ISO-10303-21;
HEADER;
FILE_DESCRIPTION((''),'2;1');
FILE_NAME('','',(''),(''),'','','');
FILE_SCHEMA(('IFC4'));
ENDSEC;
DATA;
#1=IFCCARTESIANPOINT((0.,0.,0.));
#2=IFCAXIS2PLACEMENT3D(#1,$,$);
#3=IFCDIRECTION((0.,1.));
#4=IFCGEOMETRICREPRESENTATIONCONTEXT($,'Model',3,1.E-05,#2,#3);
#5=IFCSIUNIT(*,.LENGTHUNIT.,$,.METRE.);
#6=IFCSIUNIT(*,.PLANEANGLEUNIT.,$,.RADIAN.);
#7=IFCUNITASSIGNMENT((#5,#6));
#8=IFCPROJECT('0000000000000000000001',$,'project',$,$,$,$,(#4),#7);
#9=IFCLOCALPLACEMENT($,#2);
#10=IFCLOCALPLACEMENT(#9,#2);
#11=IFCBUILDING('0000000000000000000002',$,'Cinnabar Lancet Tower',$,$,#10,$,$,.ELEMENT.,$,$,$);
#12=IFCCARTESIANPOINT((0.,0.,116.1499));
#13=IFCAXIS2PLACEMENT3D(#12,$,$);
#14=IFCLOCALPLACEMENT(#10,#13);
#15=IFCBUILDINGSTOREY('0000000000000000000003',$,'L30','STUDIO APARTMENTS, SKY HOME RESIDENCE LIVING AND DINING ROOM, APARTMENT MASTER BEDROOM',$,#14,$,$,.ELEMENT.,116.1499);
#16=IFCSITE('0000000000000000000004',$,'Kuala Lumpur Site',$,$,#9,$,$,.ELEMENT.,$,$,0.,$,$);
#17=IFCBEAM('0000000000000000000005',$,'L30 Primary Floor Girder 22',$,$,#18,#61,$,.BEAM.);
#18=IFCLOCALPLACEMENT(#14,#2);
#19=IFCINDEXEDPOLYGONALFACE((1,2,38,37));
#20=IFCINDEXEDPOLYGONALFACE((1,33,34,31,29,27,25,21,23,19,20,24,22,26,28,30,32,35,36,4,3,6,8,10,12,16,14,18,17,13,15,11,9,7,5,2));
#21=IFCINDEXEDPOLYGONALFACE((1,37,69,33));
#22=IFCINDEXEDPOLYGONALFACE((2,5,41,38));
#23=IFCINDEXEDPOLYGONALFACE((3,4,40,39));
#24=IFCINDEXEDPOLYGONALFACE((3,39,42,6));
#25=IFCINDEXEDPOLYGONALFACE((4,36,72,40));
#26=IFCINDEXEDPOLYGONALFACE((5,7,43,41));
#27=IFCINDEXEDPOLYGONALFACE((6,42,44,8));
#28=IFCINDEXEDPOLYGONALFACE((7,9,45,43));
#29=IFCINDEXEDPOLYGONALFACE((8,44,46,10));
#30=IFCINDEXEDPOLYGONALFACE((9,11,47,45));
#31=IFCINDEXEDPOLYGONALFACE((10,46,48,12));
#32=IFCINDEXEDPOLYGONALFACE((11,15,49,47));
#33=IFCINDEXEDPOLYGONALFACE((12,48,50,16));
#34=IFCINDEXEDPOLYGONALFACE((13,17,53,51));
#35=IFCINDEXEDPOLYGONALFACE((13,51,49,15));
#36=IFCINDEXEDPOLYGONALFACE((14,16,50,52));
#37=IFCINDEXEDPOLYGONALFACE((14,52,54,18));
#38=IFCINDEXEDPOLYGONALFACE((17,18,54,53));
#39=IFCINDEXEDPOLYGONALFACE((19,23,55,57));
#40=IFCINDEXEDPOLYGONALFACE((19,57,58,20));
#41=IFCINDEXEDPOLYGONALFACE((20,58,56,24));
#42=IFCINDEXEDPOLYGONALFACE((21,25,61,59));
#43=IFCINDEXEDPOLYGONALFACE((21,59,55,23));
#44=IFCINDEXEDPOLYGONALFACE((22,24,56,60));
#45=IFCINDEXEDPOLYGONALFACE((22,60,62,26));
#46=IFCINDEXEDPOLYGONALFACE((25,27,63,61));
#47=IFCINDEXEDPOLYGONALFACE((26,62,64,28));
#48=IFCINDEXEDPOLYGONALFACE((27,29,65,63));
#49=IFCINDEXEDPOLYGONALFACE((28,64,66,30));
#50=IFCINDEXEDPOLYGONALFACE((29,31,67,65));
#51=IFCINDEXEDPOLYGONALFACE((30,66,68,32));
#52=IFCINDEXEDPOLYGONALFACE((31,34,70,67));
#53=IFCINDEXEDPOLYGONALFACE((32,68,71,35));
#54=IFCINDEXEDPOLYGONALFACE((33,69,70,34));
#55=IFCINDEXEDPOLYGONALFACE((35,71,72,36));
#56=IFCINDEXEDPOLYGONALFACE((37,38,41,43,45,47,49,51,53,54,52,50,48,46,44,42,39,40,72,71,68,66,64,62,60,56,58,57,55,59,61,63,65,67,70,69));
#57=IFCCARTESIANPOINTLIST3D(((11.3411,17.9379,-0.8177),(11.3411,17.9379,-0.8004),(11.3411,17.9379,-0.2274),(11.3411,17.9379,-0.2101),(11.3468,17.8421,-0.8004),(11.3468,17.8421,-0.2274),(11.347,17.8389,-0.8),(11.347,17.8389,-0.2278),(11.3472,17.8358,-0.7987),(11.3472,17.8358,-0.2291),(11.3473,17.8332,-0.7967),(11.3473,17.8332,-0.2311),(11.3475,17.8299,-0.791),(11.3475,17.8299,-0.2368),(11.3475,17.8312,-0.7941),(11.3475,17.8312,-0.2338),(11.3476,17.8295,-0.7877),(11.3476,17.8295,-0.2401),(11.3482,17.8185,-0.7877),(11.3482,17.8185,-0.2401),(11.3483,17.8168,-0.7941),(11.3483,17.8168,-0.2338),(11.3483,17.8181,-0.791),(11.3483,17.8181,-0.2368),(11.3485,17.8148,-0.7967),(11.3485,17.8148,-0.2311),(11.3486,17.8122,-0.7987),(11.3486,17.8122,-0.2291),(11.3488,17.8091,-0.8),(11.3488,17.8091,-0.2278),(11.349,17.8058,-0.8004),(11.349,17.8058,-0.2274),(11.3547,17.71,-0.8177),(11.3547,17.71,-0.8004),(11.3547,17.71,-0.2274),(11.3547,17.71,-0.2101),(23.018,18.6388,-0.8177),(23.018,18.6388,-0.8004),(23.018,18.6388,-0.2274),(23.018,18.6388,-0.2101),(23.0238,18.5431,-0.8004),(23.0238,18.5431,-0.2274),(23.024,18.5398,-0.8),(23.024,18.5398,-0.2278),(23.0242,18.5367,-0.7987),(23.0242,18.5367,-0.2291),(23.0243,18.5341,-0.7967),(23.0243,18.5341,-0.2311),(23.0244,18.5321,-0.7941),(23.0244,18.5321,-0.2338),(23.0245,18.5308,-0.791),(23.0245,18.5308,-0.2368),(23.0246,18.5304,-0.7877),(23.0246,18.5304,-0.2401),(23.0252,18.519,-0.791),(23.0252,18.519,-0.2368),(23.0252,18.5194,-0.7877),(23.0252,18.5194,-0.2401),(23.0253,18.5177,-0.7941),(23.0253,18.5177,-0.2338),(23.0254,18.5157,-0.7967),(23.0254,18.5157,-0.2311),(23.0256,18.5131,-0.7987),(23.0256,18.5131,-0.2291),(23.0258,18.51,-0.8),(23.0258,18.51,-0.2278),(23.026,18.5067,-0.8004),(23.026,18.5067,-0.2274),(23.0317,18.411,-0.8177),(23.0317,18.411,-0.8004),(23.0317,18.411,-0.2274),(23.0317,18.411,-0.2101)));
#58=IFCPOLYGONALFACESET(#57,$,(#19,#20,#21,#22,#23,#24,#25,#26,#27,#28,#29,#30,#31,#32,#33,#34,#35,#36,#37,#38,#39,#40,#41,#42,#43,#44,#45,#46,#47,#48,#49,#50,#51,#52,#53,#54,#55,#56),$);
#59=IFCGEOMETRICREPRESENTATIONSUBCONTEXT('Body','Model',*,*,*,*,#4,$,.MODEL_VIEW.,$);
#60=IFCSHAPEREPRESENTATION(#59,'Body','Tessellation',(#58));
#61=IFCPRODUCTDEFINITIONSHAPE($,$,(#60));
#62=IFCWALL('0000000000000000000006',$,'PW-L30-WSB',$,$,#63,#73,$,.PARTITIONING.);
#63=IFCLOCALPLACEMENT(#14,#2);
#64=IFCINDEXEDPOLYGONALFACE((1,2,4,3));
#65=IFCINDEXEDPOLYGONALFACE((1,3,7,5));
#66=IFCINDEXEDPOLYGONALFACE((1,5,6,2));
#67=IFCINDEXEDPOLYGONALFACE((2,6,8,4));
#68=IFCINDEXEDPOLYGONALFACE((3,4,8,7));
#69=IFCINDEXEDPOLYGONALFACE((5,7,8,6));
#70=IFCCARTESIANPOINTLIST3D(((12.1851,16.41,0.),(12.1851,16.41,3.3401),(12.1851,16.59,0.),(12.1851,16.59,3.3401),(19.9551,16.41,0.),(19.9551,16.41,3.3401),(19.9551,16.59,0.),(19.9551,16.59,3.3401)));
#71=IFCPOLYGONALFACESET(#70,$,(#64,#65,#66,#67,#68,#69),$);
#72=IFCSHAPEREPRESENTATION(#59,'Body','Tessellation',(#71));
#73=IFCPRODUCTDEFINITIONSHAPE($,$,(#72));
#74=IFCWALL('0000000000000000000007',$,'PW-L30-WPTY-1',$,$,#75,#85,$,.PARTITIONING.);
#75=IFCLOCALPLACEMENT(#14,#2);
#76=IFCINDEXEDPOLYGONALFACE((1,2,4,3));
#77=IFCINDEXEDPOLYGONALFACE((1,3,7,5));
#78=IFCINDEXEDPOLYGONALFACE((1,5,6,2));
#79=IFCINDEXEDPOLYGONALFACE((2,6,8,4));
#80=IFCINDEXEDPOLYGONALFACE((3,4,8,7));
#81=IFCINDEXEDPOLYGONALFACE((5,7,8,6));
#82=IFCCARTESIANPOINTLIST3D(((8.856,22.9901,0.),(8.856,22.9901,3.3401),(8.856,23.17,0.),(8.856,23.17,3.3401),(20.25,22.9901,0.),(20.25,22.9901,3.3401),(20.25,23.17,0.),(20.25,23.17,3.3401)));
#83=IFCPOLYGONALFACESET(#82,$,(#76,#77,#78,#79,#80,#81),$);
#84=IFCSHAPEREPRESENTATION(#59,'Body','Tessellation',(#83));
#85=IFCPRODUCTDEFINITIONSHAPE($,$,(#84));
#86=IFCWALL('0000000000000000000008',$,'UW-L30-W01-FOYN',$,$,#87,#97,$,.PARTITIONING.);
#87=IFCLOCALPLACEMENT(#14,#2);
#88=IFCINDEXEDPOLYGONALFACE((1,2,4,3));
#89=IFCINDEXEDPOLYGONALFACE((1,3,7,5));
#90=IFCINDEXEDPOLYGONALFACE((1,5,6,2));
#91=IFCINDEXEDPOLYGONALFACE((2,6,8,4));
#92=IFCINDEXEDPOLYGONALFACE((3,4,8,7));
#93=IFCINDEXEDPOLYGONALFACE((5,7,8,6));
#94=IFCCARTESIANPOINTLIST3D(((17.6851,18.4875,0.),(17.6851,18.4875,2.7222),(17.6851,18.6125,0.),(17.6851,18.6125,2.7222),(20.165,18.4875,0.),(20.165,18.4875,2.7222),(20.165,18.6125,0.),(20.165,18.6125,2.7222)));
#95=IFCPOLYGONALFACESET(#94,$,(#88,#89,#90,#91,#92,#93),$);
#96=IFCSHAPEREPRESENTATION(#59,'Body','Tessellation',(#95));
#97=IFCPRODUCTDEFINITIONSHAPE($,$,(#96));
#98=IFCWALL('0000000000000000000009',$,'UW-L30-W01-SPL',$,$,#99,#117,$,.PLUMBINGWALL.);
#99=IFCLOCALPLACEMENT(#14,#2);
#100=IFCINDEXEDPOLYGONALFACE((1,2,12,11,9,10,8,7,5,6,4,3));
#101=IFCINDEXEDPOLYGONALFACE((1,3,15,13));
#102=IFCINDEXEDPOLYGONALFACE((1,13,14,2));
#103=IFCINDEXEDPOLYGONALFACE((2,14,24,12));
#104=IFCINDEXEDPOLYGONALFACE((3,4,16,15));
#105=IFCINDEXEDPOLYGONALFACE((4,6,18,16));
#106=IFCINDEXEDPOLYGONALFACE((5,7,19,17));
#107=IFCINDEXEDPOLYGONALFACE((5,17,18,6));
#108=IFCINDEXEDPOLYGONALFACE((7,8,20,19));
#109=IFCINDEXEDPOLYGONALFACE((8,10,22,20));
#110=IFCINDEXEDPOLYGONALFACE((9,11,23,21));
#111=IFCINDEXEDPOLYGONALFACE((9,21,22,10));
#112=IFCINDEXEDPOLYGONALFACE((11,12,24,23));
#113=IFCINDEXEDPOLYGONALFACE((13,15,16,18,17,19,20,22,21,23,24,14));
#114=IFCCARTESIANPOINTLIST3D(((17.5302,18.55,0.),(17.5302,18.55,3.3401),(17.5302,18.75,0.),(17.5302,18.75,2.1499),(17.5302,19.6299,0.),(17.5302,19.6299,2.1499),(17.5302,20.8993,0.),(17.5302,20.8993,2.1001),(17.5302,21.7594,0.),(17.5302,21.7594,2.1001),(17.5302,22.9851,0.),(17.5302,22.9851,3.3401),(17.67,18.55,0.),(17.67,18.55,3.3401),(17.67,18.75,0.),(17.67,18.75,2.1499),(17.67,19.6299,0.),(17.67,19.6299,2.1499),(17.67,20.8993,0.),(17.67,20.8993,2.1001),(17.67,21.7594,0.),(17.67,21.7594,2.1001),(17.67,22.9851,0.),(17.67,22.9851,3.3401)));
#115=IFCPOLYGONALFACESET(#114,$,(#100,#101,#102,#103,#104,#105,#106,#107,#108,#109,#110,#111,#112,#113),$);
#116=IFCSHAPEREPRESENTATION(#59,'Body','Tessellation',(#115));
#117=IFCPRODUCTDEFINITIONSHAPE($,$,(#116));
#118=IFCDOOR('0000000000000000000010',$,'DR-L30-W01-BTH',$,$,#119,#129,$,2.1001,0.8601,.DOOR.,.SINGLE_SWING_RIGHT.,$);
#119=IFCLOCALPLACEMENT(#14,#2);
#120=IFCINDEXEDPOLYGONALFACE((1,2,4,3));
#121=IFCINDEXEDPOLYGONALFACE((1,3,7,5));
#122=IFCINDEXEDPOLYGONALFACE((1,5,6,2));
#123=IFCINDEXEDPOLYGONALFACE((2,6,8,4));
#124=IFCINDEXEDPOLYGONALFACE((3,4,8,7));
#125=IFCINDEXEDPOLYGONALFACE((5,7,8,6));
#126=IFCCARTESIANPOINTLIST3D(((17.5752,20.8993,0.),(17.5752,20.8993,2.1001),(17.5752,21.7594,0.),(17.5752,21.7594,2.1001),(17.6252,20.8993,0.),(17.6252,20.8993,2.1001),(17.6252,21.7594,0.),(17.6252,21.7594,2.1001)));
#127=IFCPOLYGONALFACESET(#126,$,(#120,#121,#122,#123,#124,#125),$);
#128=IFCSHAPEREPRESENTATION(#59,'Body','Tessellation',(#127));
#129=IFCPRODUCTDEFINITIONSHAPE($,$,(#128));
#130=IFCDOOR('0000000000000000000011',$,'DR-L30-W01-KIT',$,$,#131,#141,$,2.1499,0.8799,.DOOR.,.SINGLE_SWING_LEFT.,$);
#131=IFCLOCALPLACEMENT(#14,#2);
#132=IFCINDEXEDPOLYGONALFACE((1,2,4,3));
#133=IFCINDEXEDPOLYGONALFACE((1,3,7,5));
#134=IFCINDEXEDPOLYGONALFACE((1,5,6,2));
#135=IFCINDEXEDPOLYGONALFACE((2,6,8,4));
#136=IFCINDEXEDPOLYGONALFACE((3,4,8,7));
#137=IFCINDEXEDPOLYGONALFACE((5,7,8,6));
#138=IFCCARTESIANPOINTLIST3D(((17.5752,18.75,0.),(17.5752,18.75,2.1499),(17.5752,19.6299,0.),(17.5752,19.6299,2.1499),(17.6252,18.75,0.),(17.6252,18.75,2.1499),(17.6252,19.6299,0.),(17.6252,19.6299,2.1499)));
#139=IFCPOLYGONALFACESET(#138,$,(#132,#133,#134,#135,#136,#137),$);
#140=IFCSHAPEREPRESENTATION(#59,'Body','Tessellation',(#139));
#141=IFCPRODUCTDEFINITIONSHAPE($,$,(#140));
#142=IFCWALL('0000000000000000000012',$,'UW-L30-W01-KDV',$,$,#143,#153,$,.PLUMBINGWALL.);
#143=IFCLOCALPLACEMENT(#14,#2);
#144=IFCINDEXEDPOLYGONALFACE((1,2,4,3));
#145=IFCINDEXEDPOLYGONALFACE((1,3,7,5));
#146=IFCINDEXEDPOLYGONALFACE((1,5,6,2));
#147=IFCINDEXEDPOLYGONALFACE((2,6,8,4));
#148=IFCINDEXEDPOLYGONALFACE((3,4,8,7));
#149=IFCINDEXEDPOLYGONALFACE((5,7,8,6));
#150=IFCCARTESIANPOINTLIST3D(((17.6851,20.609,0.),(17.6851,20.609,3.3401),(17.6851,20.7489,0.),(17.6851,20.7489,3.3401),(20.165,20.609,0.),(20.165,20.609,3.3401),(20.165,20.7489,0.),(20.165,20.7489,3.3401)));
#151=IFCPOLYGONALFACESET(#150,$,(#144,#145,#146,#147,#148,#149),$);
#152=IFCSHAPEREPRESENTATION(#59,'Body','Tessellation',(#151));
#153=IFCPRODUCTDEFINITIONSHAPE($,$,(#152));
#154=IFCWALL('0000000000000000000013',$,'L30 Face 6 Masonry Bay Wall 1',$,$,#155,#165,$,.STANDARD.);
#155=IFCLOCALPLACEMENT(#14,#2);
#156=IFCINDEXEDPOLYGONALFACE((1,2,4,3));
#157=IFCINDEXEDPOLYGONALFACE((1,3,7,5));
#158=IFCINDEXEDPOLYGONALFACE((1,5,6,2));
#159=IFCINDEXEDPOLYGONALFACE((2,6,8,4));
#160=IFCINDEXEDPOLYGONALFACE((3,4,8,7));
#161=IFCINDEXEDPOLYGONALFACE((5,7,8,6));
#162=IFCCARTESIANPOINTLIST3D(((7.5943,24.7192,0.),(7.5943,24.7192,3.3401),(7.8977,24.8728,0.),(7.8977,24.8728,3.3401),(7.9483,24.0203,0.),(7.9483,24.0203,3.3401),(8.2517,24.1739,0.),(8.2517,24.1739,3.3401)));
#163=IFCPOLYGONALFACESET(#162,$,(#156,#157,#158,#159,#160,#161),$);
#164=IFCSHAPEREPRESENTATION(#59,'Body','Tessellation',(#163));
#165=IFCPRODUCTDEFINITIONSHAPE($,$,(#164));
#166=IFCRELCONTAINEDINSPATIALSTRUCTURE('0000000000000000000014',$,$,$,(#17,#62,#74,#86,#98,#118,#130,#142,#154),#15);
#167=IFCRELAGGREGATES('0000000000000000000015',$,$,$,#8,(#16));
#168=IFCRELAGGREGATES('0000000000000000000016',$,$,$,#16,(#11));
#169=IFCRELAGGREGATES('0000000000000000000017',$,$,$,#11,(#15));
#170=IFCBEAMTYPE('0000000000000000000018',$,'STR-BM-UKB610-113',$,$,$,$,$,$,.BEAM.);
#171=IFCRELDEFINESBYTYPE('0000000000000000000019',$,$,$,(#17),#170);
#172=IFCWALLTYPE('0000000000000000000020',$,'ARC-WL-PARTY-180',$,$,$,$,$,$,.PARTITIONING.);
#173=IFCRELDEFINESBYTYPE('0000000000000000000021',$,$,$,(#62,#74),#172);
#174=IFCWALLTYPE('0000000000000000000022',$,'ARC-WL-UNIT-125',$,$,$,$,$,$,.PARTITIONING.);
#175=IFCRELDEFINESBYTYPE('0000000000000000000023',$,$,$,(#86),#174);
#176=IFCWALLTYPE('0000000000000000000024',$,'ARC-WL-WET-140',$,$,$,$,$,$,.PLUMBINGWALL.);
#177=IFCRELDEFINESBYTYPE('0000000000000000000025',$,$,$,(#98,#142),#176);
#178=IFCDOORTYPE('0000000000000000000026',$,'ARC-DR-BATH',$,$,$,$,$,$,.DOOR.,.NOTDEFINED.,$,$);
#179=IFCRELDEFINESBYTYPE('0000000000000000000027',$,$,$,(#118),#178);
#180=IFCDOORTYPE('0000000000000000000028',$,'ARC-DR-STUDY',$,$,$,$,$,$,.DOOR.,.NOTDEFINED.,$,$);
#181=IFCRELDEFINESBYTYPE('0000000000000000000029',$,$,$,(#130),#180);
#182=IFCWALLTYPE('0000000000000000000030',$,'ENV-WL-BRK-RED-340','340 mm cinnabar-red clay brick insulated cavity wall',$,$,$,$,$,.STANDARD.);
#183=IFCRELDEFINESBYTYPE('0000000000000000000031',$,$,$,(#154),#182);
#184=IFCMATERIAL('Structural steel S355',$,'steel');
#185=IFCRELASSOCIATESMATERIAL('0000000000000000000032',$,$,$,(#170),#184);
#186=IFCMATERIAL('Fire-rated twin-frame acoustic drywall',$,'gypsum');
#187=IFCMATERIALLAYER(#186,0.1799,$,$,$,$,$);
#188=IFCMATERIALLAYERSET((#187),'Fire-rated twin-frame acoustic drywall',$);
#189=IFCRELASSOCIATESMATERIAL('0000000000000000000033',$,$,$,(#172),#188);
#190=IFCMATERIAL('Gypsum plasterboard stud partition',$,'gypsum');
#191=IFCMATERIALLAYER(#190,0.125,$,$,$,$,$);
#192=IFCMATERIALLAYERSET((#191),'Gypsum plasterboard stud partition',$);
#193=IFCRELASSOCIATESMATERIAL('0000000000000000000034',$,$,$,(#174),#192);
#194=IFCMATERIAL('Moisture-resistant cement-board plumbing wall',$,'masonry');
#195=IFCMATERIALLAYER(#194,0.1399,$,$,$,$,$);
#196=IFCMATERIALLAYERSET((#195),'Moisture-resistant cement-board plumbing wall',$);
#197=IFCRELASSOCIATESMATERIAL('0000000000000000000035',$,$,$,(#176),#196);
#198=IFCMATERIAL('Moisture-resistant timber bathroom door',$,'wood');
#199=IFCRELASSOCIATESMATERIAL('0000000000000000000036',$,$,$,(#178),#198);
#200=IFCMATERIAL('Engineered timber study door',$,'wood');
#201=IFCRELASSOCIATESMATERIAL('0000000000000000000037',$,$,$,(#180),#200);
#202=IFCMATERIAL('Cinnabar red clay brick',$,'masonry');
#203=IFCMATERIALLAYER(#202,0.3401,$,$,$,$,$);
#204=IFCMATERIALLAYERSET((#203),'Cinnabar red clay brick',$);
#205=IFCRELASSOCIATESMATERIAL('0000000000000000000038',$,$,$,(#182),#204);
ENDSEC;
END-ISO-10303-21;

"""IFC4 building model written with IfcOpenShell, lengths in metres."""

from ifc_helpers import new_model, si_unit, direction, frame, frame_2d, origin, origin_2d, place, context, subcontext, project, spatial, rectangle, i_section, extrude, material, layer, layer_set, material_profile, profile_set, type_object, element, fill, save


model = new_model("IFC4")

# Units and contexts
model_context = context("Model", 3, precision=1e-05, world=origin(), true_north=direction((0.0, 1.0)))
body_context = subcontext(model_context, "Body", "Model", "MODEL_VIEW")
ifc_project = project(units=[si_unit("LENGTHUNIT", "METRE"), si_unit("PLANEANGLEUNIT", "RADIAN")], contexts=[model_context])

# Site, building, storey
site_placement = place(None, origin())
site = spatial("IfcSite", under=ifc_project, at=site_placement, Name="Kuala Lumpur Site", CompositionType="ELEMENT", RefElevation=0.0)
building_placement = place(site_placement, origin())
building = spatial("IfcBuilding", under=site, at=building_placement, Name="Cinnabar Lancet Tower", CompositionType="ELEMENT")
storey_placement = place(building_placement, frame((0.0, 0.0, 116.1499)))
storey = spatial("IfcBuildingStorey", under=building, at=storey_placement, Name="L30", Description="STUDIO APARTMENTS, SKY HOME RESIDENCE LIVING AND DINING ROOM, APARTMENT MASTER BEDROOM", CompositionType="ELEMENT", Elevation=116.1499)

# Beam
ifc_material_1 = material(Name="Structural steel S355", Category="steel")
ifc_material_profile_1 = material_profile(ifc_material_1, i_section(OverallWidth=0.2283, OverallDepth=0.6077, WebThickness=0.011, FlangeThickness=0.0173, FilletRadius=0.0127, at=origin_2d()), Name="UKB 610x229x113")
ifc_profile_set_1 = profile_set([ifc_material_profile_1], Name="Structural steel S355")
beam_type_1 = type_object("IfcBeamType", Name="STR-BM-UKB610-113", PredefinedType="BEAM", material=ifc_profile_set_1)
beam_1_placement = place(storey_placement, frame((11.3479, 17.824, -0.5139), z_axis=(0.998203, 0.059918, 0.0), x_axis=(-0.059918, 0.998203, 0.0)))
element("IfcBeam", 1, at=beam_1_placement, inside=storey, type_object=beam_type_1, Name="L30 Primary Floor Girder 22", PredefinedType="BEAM", context=body_context, shape_type="SweptSolid", body=[
    extrude(i_section(OverallWidth=0.2283, OverallDepth=0.6077, WebThickness=0.011, FlangeThickness=0.0173, FilletRadius=0.0127, at=origin_2d()), origin(), (0.0, 0.0, 1.0), 11.698),
])

# Walls
ifc_material_2 = material(Name="Fire-rated twin-frame acoustic drywall", Category="gypsum")
ifc_layer_1 = layer(ifc_material_2, 0.1799)
ifc_layer_set_1 = layer_set([ifc_layer_1], Name="Fire-rated twin-frame acoustic drywall")
wall_type_1 = type_object("IfcWallType", Name="ARC-WL-PARTY-180", PredefinedType="PARTITIONING", material=ifc_layer_set_1)
wall_1_placement = place(storey_placement, frame((12.1851, 16.5, 0.0), z_axis=(0.0, 0.0, 1.0), x_axis=(1.0, 0.0, 0.0)))
element("IfcWall", 2, at=wall_1_placement, inside=storey, type_object=wall_type_1, Name="PW-L30-WSB", PredefinedType="PARTITIONING", context=body_context, shape_type="SweptSolid", body=[
    extrude(rectangle(XDim=7.77, YDim=0.1799, at=frame_2d((3.885, 0.0))), origin(), (0.0, 0.0, 1.0), 3.3401),
])
wall_2_placement = place(storey_placement, frame((8.856, 23.0801, 0.0), z_axis=(0.0, 0.0, 1.0), x_axis=(1.0, 0.0, 0.0)))
element("IfcWall", 3, at=wall_2_placement, inside=storey, type_object=wall_type_1, Name="PW-L30-WPTY-1", PredefinedType="PARTITIONING", context=body_context, shape_type="SweptSolid", body=[
    extrude(rectangle(XDim=11.394, YDim=0.1799, at=frame_2d((5.697, 0.0))), origin(), (0.0, 0.0, 1.0), 3.3401),
])
ifc_material_3 = material(Name="Gypsum plasterboard stud partition", Category="gypsum")
ifc_layer_2 = layer(ifc_material_3, 0.125)
ifc_layer_set_2 = layer_set([ifc_layer_2], Name="Gypsum plasterboard stud partition")
wall_type_2 = type_object("IfcWallType", Name="ARC-WL-UNIT-125", PredefinedType="PARTITIONING", material=ifc_layer_set_2)
wall_3_placement = place(storey_placement, frame((17.6851, 18.55, 0.0), z_axis=(0.0, 0.0, 1.0), x_axis=(1.0, 0.0, 0.0)))
element("IfcWall", 4, at=wall_3_placement, inside=storey, type_object=wall_type_2, Name="UW-L30-W01-FOYN", PredefinedType="PARTITIONING", context=body_context, shape_type="SweptSolid", body=[
    extrude(rectangle(XDim=2.48, YDim=0.125, at=frame_2d((1.24, 0.0))), origin(), (0.0, 0.0, 1.0), 2.7222),
])

# Wall, openings, doors
ifc_material_4 = material(Name="Moisture-resistant cement-board plumbing wall", Category="masonry")
ifc_layer_3 = layer(ifc_material_4, 0.1399)
ifc_layer_set_3 = layer_set([ifc_layer_3], Name="Moisture-resistant cement-board plumbing wall")
wall_type_3 = type_object("IfcWallType", Name="ARC-WL-WET-140", PredefinedType="PLUMBINGWALL", material=ifc_layer_set_3)
wall_4_placement = place(storey_placement, frame((17.6001, 18.55, 0.0), z_axis=(0.0, 0.0, 1.0), x_axis=(0.0, 1.0, 0.0)))
wall_4 = element("IfcWall", 5, at=wall_4_placement, inside=storey, type_object=wall_type_3, Name="UW-L30-W01-SPL", PredefinedType="PLUMBINGWALL", context=body_context, shape_type="SweptSolid", body=[
    extrude(rectangle(XDim=4.4351, YDim=0.1399, at=frame_2d((2.2175, 0.0))), origin(), (0.0, 0.0, 1.0), 3.3401),
])
opening_1_placement = place(wall_4_placement, frame((2.3491, 0.0, 0.0)))
opening_1 = element("IfcOpeningElement", 6, at=opening_1_placement, cuts=wall_4, PredefinedType="OPENING", context=body_context, shape_type="SweptSolid", body=[
    extrude(rectangle(XDim=0.8601, YDim=2.1001, at=frame_2d((0.4302, 1.05))), frame((0.0, 0.0798, 0.0), z_axis=(0.0, -1.0, 0.0), x_axis=(1.0, 0.0, 0.0)), (0.0, 0.0, 1.0), 0.1599),
])
opening_2_placement = place(wall_4_placement, frame((0.2, 0.0, 0.0)))
opening_2 = element("IfcOpeningElement", 7, at=opening_2_placement, cuts=wall_4, PredefinedType="OPENING", context=body_context, shape_type="SweptSolid", body=[
    extrude(rectangle(XDim=0.8799, YDim=2.1499, at=frame_2d((0.4399, 1.075))), frame((0.0, 0.0798, 0.0), z_axis=(0.0, -1.0, 0.0), x_axis=(1.0, 0.0, 0.0)), (0.0, 0.0, 1.0), 0.1599),
])
ifc_material_5 = material(Name="Moisture-resistant timber bathroom door", Category="wood")
door_type_1 = type_object("IfcDoorType", Name="ARC-DR-BATH", OperationType="NOTDEFINED", PredefinedType="DOOR", material=ifc_material_5)
door_1_placement = place(opening_1_placement, origin())
door_1 = element("IfcDoor", 8, at=door_1_placement, inside=storey, type_object=door_type_1, Name="DR-L30-W01-BTH", OperationType="SINGLE_SWING_RIGHT", OverallHeight=2.1001, OverallWidth=0.8601, PredefinedType="DOOR", context=body_context, shape_type="SweptSolid", body=[
    extrude(rectangle(XDim=0.8601, YDim=2.1001, at=frame_2d((0.4302, 1.05))), frame((0.0, 0.0249, 0.0), z_axis=(0.0, -1.0, 0.0), x_axis=(1.0, 0.0, 0.0)), (0.0, 0.0, 1.0), 0.05),
])
fill(opening_1, door_1)
ifc_material_6 = material(Name="Engineered timber study door", Category="wood")
door_type_2 = type_object("IfcDoorType", Name="ARC-DR-STUDY", OperationType="NOTDEFINED", PredefinedType="DOOR", material=ifc_material_6)
door_2_placement = place(opening_2_placement, origin())
door_2 = element("IfcDoor", 9, at=door_2_placement, inside=storey, type_object=door_type_2, Name="DR-L30-W01-KIT", OperationType="SINGLE_SWING_LEFT", OverallHeight=2.1499, OverallWidth=0.8799, PredefinedType="DOOR", context=body_context, shape_type="SweptSolid", body=[
    extrude(rectangle(XDim=0.8799, YDim=2.1499, at=frame_2d((0.4399, 1.075))), frame((0.0, 0.0249, 0.0), z_axis=(0.0, -1.0, 0.0), x_axis=(1.0, 0.0, 0.0)), (0.0, 0.0, 1.0), 0.05),
])
fill(opening_2, door_2)

# Wall
wall_5_placement = place(storey_placement, frame((17.6851, 20.679, 0.0), z_axis=(0.0, 0.0, 1.0), x_axis=(1.0, 0.0, 0.0)))
element("IfcWall", 10, at=wall_5_placement, inside=storey, type_object=wall_type_3, Name="UW-L30-W01-KDV", PredefinedType="PLUMBINGWALL", context=body_context, shape_type="SweptSolid", body=[
    extrude(rectangle(XDim=2.48, YDim=0.1399, at=frame_2d((1.24, 0.0))), origin(), (0.0, 0.0, 1.0), 3.3401),
])

# Wall
ifc_material_7 = material(Name="Cinnabar red clay brick", Category="masonry")
ifc_layer_4 = layer(ifc_material_7, 0.3401)
ifc_layer_set_4 = layer_set([ifc_layer_4], Name="Cinnabar red clay brick")
wall_type_4 = type_object("IfcWallType", Name="ENV-WL-BRK-RED-340", Description="340 mm cinnabar-red clay brick insulated cavity wall", PredefinedType="STANDARD", material=ifc_layer_set_4)
wall_6_placement = place(storey_placement, frame((7.7461, 24.7959, 0.0), z_axis=(0.0, 0.0, 1.0), x_axis=(0.451819, -0.892109, 0.0)))
element("IfcWall", 11, at=wall_6_placement, inside=storey, type_object=wall_type_4, Name="L30 Face 6 Masonry Bay Wall 1", PredefinedType="STANDARD", context=body_context, shape_type="SweptSolid", body=[
    extrude(rectangle(XDim=0.7834, YDim=0.3401, at=frame_2d((0.3916, 0.0))), origin(), (0.0, 0.0, 1.0), 3.3401),
])

save(model, "model.ifc")
